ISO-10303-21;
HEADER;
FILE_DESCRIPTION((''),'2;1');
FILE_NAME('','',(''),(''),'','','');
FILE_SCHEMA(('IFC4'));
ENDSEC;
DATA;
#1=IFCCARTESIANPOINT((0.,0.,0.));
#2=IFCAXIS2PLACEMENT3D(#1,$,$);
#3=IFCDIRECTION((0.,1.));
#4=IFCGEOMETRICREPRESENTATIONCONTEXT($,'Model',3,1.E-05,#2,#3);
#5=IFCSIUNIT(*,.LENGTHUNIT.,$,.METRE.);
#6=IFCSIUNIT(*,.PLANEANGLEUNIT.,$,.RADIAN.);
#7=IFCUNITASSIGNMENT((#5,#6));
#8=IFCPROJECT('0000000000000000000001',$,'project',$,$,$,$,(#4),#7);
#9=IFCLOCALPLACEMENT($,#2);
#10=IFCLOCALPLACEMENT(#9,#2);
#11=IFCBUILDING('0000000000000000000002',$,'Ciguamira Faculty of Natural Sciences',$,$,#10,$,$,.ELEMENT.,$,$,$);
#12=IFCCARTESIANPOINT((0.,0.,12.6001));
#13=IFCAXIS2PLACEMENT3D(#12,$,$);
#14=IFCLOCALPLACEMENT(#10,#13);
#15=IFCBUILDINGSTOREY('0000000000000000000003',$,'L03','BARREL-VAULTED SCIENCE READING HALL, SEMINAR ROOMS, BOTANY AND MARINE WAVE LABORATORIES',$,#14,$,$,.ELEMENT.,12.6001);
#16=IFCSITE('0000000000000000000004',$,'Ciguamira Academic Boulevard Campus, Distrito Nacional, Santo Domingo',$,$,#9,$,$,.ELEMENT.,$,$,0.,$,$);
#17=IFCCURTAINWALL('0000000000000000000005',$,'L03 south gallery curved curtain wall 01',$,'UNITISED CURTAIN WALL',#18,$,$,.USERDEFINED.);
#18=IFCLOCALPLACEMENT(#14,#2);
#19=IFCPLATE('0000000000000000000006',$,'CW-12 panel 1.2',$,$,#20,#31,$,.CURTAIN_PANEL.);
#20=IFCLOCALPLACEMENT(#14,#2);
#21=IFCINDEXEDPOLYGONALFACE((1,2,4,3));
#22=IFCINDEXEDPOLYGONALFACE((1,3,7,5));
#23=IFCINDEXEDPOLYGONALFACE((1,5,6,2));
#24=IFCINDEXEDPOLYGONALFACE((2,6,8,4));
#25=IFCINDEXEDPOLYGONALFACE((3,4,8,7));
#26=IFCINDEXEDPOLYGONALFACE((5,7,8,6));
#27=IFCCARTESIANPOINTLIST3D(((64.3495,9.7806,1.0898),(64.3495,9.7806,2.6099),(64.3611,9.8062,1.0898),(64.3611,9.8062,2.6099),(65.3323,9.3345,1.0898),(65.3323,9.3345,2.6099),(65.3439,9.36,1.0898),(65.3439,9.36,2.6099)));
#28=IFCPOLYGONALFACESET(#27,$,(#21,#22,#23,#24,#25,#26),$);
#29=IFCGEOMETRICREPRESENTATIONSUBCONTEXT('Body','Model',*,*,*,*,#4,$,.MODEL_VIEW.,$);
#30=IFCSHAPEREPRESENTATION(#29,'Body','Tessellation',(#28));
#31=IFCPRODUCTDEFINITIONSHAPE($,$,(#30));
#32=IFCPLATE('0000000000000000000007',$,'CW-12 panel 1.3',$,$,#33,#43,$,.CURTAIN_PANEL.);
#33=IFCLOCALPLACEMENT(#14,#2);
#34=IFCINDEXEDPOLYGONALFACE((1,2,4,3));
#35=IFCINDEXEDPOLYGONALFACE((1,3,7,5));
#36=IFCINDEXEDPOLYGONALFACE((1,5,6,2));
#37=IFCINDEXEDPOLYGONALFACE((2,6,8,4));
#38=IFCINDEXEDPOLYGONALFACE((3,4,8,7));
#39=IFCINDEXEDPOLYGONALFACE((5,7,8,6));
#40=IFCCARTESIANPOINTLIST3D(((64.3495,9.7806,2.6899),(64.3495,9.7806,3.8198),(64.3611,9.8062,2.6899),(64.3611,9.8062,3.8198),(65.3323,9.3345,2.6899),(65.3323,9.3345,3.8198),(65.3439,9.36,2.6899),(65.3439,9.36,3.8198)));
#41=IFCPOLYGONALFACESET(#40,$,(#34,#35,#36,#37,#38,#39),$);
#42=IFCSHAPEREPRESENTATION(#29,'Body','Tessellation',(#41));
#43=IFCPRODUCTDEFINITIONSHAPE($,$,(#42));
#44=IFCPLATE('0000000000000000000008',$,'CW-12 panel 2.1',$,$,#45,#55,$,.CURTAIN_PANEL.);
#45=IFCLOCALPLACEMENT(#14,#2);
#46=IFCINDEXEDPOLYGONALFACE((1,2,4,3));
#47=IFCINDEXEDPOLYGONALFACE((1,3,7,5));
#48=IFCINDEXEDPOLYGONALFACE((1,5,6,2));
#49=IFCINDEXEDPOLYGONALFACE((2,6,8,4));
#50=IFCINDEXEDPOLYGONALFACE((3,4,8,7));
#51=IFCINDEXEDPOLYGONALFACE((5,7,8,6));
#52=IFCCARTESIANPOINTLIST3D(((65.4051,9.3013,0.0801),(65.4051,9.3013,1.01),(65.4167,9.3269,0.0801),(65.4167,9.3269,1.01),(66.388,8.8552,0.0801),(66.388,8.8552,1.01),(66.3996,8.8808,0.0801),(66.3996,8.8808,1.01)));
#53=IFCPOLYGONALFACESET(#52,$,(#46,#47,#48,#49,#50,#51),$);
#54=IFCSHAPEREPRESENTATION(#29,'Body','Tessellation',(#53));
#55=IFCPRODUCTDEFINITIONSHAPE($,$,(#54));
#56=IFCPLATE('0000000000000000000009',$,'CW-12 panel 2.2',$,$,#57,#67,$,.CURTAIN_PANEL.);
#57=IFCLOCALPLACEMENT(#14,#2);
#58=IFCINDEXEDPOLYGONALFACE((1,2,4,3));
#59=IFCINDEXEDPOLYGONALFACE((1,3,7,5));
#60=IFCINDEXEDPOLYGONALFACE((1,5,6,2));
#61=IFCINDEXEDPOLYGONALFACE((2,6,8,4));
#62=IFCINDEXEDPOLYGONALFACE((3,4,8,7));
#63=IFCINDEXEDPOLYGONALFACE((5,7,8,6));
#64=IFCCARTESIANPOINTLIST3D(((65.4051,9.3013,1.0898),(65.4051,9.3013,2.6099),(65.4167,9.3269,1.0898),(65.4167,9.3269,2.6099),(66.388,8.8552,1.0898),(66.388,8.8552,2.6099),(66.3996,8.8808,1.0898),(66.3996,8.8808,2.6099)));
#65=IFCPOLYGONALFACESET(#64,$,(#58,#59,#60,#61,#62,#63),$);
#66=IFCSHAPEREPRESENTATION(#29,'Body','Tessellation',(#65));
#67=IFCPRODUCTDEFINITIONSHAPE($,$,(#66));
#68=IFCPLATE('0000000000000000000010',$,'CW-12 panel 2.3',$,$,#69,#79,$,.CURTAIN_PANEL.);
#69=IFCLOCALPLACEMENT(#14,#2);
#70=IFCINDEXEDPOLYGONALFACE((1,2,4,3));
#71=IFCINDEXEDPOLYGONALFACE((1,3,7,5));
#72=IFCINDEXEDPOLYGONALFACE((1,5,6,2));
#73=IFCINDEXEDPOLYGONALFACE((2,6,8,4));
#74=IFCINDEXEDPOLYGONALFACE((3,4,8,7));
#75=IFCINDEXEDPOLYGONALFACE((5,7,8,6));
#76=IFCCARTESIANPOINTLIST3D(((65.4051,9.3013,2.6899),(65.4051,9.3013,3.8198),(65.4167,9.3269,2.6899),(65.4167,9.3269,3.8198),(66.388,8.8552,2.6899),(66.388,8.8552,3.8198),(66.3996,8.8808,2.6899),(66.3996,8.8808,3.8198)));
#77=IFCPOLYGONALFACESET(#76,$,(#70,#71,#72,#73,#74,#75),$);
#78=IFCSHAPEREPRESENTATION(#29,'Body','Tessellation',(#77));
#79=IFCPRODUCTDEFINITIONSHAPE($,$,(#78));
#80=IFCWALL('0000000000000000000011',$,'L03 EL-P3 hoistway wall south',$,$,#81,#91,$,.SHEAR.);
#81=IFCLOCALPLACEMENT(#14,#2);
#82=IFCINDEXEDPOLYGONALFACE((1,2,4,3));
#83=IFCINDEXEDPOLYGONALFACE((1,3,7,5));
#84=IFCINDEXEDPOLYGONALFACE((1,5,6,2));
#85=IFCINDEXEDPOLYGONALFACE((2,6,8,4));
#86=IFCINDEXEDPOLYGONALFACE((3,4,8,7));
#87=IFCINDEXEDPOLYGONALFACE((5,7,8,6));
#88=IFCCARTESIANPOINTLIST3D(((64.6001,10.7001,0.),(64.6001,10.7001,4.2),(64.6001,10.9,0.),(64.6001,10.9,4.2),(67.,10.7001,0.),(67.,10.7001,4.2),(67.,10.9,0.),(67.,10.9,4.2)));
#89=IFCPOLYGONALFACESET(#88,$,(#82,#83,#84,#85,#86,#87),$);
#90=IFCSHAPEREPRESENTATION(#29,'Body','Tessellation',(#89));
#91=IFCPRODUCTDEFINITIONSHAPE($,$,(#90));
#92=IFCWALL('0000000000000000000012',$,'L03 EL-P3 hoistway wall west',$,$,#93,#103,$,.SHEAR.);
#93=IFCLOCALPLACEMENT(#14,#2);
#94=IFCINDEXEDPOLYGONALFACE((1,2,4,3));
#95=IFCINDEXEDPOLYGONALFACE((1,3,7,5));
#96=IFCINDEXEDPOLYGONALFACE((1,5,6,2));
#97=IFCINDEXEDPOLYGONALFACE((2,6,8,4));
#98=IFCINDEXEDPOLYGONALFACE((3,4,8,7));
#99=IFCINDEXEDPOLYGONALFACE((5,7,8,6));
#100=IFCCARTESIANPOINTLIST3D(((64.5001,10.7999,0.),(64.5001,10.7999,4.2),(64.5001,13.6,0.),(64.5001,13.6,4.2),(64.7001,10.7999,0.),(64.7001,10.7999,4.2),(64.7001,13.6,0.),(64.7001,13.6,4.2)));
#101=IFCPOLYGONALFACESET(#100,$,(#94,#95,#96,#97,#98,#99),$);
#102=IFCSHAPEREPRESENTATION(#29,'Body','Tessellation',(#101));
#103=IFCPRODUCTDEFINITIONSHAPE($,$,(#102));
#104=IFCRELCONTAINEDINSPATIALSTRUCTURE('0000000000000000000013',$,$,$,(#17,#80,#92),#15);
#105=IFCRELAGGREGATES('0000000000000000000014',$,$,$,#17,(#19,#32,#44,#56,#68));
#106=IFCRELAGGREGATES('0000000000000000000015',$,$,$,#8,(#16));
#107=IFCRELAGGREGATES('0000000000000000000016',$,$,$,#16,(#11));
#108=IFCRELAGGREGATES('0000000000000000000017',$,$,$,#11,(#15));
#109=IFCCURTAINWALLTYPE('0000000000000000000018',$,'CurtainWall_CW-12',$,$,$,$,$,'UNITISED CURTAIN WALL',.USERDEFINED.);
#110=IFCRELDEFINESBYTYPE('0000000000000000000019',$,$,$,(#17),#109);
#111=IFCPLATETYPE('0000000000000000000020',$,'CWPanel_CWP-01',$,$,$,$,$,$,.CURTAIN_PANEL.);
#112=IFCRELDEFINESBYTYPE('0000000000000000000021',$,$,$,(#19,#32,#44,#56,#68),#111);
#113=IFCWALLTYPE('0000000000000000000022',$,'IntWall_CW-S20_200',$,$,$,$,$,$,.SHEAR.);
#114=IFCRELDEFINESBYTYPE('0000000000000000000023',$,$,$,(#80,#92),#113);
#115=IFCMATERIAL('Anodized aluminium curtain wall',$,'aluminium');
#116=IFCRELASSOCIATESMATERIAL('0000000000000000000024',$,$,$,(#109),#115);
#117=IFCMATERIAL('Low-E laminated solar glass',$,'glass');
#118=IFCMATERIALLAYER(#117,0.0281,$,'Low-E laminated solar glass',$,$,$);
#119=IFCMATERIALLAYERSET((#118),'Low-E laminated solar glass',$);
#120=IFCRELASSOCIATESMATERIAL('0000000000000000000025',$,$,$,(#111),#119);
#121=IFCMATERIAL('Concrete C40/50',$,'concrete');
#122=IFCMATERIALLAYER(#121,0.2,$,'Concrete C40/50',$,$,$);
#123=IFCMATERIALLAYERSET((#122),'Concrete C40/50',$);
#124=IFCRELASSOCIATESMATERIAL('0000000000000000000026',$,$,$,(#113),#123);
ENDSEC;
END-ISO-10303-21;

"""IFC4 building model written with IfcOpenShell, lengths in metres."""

from ifc_helpers import new_model, si_unit, direction, frame, frame_2d, origin, origin_2d, place, context, subcontext, project, spatial, rectangle, extrude, material, layer, layer_set, type_object, element, aggregate, save


model = new_model("IFC4")

# Units and contexts
model_context = context("Model", 3, precision=1e-05, world=origin(), true_north=direction((0.0, 1.0)))
body_context = subcontext(model_context, "Body", "Model", "MODEL_VIEW")
ifc_project = project(units=[si_unit("LENGTHUNIT", "METRE"), si_unit("PLANEANGLEUNIT", "RADIAN")], contexts=[model_context])

# Site, building, storey
site_placement = place(None, origin())
site = spatial("IfcSite", under=ifc_project, at=site_placement, Name="Ciguamira Academic Boulevard Campus, Distrito Nacional, Santo Domingo", CompositionType="ELEMENT", RefElevation=0.0)
building_placement = place(site_placement, origin())
building = spatial("IfcBuilding", under=site, at=building_placement, Name="Ciguamira Faculty of Natural Sciences", CompositionType="ELEMENT")
storey_placement = place(building_placement, frame((0.0, 0.0, 12.6001)))
storey = spatial("IfcBuildingStorey", under=building, at=storey_placement, Name="L03", Description="BARREL-VAULTED SCIENCE READING HALL, SEMINAR ROOMS, BOTANY AND MARINE WAVE LABORATORIES", CompositionType="ELEMENT", Elevation=12.6001)

# Curtain wall
ifc_material_1 = material(Name="Anodized aluminium curtain wall", Category="aluminium")
curtain_wall_type_1 = type_object("IfcCurtainWallType", Name="CurtainWall_CW-12", ElementType="UNITISED CURTAIN WALL", PredefinedType="USERDEFINED", material=ifc_material_1)
curtain_wall_1_placement = place(storey_placement, origin())
curtain_wall_1 = element("IfcCurtainWall", 1, at=curtain_wall_1_placement, inside=storey, type_object=curtain_wall_type_1, Name="L03 south gallery curved curtain wall 01", ObjectType="UNITISED CURTAIN WALL", PredefinedType="USERDEFINED")

# Plates
ifc_material_2 = material(Name="Low-E laminated solar glass", Category="glass")
ifc_layer_1 = layer(ifc_material_2, 0.0281, Name="Low-E laminated solar glass")
ifc_layer_set_1 = layer_set([ifc_layer_1], Name="Low-E laminated solar glass")
plate_type = type_object("IfcPlateType", Name="CWPanel_CWP-01", PredefinedType="CURTAIN_PANEL", material=ifc_layer_set_1)
plate_1_placement = place(storey_placement, frame((64.8467, 9.5703, 1.0898), z_axis=(0.0, 0.0, 1.0), x_axis=(0.910581, -0.413332, 0.0)))
plate_1 = element("IfcPlate", 2, at=plate_1_placement, type_object=plate_type, Name="CW-12 panel 1.2", PredefinedType="CURTAIN_PANEL", context=body_context, shape_type="SweptSolid", body=[
    extrude(rectangle(XDim=1.0793, YDim=0.0281, at=origin_2d()), origin(), (0.0, 0.0, 1.0), 1.52),
])
plate_2_placement = place(storey_placement, frame((64.8467, 9.5703, 2.6899), z_axis=(0.0, 0.0, 1.0), x_axis=(0.910581, -0.413332, 0.0)))
plate_2 = element("IfcPlate", 3, at=plate_2_placement, type_object=plate_type, Name="CW-12 panel 1.3", PredefinedType="CURTAIN_PANEL", context=body_context, shape_type="SweptSolid", body=[
    extrude(rectangle(XDim=1.0793, YDim=0.0281, at=origin_2d()), origin(), (0.0, 0.0, 1.0), 1.1299),
])
plate_3_placement = place(storey_placement, frame((65.9023, 9.0911, 0.0801), z_axis=(0.0, 0.0, 1.0), x_axis=(0.910581, -0.413332, 0.0)))
plate_3 = element("IfcPlate", 4, at=plate_3_placement, type_object=plate_type, Name="CW-12 panel 2.1", PredefinedType="CURTAIN_PANEL", context=body_context, shape_type="SweptSolid", body=[
    extrude(rectangle(XDim=1.0793, YDim=0.0281, at=origin_2d()), origin(), (0.0, 0.0, 1.0), 0.9299),
])
plate_4_placement = place(storey_placement, frame((65.9023, 9.0911, 1.0898), z_axis=(0.0, 0.0, 1.0), x_axis=(0.910581, -0.413332, 0.0)))
plate_4 = element("IfcPlate", 5, at=plate_4_placement, type_object=plate_type, Name="CW-12 panel 2.2", PredefinedType="CURTAIN_PANEL", context=body_context, shape_type="SweptSolid", body=[
    extrude(rectangle(XDim=1.0793, YDim=0.0281, at=origin_2d()), origin(), (0.0, 0.0, 1.0), 1.52),
])
plate_5_placement = place(storey_placement, frame((65.9023, 9.0911, 2.6899), z_axis=(0.0, 0.0, 1.0), x_axis=(0.910581, -0.413332, 0.0)))
plate_5 = element("IfcPlate", 6, at=plate_5_placement, type_object=plate_type, Name="CW-12 panel 2.3", PredefinedType="CURTAIN_PANEL", context=body_context, shape_type="SweptSolid", body=[
    extrude(rectangle(XDim=1.0793, YDim=0.0281, at=origin_2d()), origin(), (0.0, 0.0, 1.0), 1.1299),
])
aggregate(curtain_wall_1, [plate_1, plate_2, plate_3, plate_4, plate_5])

# Wall
ifc_material_3 = material(Name="Concrete C40/50", Category="concrete")
ifc_layer_2 = layer(ifc_material_3, 0.2, Name="Concrete C40/50")
ifc_layer_set_2 = layer_set([ifc_layer_2], Name="Concrete C40/50")
wall_type = type_object("IfcWallType", Name="IntWall_CW-S20_200", PredefinedType="SHEAR", material=ifc_layer_set_2)
wall_1_placement = place(storey_placement, frame((64.6001, 10.8, 0.0), z_axis=(0.0, 0.0, 1.0), x_axis=(1.0, 0.0, 0.0)))
element("IfcWall", 7, at=wall_1_placement, inside=storey, type_object=wall_type, Name="L03 EL-P3 hoistway wall south", PredefinedType="SHEAR", context=body_context, shape_type="SweptSolid", body=[
    extrude(rectangle(XDim=2.3999, YDim=0.2, at=frame_2d((1.2, 0.0))), origin(), (0.0, 0.0, 1.0), 4.2),
])

# Wall
wall_2_placement = place(storey_placement, frame((64.6001, 10.8, 0.0), z_axis=(0.0, 0.0, 1.0), x_axis=(0.0, 1.0, 0.0)))
element("IfcWall", 8, at=wall_2_placement, inside=storey, type_object=wall_type, Name="L03 EL-P3 hoistway wall west", PredefinedType="SHEAR", context=body_context, shape_type="SweptSolid", body=[
    extrude(rectangle(XDim=2.8, YDim=0.2, at=frame_2d((1.3999, 0.0))), origin(), (0.0, 0.0, 1.0), 4.2),
])

save(model, "model.ifc")
